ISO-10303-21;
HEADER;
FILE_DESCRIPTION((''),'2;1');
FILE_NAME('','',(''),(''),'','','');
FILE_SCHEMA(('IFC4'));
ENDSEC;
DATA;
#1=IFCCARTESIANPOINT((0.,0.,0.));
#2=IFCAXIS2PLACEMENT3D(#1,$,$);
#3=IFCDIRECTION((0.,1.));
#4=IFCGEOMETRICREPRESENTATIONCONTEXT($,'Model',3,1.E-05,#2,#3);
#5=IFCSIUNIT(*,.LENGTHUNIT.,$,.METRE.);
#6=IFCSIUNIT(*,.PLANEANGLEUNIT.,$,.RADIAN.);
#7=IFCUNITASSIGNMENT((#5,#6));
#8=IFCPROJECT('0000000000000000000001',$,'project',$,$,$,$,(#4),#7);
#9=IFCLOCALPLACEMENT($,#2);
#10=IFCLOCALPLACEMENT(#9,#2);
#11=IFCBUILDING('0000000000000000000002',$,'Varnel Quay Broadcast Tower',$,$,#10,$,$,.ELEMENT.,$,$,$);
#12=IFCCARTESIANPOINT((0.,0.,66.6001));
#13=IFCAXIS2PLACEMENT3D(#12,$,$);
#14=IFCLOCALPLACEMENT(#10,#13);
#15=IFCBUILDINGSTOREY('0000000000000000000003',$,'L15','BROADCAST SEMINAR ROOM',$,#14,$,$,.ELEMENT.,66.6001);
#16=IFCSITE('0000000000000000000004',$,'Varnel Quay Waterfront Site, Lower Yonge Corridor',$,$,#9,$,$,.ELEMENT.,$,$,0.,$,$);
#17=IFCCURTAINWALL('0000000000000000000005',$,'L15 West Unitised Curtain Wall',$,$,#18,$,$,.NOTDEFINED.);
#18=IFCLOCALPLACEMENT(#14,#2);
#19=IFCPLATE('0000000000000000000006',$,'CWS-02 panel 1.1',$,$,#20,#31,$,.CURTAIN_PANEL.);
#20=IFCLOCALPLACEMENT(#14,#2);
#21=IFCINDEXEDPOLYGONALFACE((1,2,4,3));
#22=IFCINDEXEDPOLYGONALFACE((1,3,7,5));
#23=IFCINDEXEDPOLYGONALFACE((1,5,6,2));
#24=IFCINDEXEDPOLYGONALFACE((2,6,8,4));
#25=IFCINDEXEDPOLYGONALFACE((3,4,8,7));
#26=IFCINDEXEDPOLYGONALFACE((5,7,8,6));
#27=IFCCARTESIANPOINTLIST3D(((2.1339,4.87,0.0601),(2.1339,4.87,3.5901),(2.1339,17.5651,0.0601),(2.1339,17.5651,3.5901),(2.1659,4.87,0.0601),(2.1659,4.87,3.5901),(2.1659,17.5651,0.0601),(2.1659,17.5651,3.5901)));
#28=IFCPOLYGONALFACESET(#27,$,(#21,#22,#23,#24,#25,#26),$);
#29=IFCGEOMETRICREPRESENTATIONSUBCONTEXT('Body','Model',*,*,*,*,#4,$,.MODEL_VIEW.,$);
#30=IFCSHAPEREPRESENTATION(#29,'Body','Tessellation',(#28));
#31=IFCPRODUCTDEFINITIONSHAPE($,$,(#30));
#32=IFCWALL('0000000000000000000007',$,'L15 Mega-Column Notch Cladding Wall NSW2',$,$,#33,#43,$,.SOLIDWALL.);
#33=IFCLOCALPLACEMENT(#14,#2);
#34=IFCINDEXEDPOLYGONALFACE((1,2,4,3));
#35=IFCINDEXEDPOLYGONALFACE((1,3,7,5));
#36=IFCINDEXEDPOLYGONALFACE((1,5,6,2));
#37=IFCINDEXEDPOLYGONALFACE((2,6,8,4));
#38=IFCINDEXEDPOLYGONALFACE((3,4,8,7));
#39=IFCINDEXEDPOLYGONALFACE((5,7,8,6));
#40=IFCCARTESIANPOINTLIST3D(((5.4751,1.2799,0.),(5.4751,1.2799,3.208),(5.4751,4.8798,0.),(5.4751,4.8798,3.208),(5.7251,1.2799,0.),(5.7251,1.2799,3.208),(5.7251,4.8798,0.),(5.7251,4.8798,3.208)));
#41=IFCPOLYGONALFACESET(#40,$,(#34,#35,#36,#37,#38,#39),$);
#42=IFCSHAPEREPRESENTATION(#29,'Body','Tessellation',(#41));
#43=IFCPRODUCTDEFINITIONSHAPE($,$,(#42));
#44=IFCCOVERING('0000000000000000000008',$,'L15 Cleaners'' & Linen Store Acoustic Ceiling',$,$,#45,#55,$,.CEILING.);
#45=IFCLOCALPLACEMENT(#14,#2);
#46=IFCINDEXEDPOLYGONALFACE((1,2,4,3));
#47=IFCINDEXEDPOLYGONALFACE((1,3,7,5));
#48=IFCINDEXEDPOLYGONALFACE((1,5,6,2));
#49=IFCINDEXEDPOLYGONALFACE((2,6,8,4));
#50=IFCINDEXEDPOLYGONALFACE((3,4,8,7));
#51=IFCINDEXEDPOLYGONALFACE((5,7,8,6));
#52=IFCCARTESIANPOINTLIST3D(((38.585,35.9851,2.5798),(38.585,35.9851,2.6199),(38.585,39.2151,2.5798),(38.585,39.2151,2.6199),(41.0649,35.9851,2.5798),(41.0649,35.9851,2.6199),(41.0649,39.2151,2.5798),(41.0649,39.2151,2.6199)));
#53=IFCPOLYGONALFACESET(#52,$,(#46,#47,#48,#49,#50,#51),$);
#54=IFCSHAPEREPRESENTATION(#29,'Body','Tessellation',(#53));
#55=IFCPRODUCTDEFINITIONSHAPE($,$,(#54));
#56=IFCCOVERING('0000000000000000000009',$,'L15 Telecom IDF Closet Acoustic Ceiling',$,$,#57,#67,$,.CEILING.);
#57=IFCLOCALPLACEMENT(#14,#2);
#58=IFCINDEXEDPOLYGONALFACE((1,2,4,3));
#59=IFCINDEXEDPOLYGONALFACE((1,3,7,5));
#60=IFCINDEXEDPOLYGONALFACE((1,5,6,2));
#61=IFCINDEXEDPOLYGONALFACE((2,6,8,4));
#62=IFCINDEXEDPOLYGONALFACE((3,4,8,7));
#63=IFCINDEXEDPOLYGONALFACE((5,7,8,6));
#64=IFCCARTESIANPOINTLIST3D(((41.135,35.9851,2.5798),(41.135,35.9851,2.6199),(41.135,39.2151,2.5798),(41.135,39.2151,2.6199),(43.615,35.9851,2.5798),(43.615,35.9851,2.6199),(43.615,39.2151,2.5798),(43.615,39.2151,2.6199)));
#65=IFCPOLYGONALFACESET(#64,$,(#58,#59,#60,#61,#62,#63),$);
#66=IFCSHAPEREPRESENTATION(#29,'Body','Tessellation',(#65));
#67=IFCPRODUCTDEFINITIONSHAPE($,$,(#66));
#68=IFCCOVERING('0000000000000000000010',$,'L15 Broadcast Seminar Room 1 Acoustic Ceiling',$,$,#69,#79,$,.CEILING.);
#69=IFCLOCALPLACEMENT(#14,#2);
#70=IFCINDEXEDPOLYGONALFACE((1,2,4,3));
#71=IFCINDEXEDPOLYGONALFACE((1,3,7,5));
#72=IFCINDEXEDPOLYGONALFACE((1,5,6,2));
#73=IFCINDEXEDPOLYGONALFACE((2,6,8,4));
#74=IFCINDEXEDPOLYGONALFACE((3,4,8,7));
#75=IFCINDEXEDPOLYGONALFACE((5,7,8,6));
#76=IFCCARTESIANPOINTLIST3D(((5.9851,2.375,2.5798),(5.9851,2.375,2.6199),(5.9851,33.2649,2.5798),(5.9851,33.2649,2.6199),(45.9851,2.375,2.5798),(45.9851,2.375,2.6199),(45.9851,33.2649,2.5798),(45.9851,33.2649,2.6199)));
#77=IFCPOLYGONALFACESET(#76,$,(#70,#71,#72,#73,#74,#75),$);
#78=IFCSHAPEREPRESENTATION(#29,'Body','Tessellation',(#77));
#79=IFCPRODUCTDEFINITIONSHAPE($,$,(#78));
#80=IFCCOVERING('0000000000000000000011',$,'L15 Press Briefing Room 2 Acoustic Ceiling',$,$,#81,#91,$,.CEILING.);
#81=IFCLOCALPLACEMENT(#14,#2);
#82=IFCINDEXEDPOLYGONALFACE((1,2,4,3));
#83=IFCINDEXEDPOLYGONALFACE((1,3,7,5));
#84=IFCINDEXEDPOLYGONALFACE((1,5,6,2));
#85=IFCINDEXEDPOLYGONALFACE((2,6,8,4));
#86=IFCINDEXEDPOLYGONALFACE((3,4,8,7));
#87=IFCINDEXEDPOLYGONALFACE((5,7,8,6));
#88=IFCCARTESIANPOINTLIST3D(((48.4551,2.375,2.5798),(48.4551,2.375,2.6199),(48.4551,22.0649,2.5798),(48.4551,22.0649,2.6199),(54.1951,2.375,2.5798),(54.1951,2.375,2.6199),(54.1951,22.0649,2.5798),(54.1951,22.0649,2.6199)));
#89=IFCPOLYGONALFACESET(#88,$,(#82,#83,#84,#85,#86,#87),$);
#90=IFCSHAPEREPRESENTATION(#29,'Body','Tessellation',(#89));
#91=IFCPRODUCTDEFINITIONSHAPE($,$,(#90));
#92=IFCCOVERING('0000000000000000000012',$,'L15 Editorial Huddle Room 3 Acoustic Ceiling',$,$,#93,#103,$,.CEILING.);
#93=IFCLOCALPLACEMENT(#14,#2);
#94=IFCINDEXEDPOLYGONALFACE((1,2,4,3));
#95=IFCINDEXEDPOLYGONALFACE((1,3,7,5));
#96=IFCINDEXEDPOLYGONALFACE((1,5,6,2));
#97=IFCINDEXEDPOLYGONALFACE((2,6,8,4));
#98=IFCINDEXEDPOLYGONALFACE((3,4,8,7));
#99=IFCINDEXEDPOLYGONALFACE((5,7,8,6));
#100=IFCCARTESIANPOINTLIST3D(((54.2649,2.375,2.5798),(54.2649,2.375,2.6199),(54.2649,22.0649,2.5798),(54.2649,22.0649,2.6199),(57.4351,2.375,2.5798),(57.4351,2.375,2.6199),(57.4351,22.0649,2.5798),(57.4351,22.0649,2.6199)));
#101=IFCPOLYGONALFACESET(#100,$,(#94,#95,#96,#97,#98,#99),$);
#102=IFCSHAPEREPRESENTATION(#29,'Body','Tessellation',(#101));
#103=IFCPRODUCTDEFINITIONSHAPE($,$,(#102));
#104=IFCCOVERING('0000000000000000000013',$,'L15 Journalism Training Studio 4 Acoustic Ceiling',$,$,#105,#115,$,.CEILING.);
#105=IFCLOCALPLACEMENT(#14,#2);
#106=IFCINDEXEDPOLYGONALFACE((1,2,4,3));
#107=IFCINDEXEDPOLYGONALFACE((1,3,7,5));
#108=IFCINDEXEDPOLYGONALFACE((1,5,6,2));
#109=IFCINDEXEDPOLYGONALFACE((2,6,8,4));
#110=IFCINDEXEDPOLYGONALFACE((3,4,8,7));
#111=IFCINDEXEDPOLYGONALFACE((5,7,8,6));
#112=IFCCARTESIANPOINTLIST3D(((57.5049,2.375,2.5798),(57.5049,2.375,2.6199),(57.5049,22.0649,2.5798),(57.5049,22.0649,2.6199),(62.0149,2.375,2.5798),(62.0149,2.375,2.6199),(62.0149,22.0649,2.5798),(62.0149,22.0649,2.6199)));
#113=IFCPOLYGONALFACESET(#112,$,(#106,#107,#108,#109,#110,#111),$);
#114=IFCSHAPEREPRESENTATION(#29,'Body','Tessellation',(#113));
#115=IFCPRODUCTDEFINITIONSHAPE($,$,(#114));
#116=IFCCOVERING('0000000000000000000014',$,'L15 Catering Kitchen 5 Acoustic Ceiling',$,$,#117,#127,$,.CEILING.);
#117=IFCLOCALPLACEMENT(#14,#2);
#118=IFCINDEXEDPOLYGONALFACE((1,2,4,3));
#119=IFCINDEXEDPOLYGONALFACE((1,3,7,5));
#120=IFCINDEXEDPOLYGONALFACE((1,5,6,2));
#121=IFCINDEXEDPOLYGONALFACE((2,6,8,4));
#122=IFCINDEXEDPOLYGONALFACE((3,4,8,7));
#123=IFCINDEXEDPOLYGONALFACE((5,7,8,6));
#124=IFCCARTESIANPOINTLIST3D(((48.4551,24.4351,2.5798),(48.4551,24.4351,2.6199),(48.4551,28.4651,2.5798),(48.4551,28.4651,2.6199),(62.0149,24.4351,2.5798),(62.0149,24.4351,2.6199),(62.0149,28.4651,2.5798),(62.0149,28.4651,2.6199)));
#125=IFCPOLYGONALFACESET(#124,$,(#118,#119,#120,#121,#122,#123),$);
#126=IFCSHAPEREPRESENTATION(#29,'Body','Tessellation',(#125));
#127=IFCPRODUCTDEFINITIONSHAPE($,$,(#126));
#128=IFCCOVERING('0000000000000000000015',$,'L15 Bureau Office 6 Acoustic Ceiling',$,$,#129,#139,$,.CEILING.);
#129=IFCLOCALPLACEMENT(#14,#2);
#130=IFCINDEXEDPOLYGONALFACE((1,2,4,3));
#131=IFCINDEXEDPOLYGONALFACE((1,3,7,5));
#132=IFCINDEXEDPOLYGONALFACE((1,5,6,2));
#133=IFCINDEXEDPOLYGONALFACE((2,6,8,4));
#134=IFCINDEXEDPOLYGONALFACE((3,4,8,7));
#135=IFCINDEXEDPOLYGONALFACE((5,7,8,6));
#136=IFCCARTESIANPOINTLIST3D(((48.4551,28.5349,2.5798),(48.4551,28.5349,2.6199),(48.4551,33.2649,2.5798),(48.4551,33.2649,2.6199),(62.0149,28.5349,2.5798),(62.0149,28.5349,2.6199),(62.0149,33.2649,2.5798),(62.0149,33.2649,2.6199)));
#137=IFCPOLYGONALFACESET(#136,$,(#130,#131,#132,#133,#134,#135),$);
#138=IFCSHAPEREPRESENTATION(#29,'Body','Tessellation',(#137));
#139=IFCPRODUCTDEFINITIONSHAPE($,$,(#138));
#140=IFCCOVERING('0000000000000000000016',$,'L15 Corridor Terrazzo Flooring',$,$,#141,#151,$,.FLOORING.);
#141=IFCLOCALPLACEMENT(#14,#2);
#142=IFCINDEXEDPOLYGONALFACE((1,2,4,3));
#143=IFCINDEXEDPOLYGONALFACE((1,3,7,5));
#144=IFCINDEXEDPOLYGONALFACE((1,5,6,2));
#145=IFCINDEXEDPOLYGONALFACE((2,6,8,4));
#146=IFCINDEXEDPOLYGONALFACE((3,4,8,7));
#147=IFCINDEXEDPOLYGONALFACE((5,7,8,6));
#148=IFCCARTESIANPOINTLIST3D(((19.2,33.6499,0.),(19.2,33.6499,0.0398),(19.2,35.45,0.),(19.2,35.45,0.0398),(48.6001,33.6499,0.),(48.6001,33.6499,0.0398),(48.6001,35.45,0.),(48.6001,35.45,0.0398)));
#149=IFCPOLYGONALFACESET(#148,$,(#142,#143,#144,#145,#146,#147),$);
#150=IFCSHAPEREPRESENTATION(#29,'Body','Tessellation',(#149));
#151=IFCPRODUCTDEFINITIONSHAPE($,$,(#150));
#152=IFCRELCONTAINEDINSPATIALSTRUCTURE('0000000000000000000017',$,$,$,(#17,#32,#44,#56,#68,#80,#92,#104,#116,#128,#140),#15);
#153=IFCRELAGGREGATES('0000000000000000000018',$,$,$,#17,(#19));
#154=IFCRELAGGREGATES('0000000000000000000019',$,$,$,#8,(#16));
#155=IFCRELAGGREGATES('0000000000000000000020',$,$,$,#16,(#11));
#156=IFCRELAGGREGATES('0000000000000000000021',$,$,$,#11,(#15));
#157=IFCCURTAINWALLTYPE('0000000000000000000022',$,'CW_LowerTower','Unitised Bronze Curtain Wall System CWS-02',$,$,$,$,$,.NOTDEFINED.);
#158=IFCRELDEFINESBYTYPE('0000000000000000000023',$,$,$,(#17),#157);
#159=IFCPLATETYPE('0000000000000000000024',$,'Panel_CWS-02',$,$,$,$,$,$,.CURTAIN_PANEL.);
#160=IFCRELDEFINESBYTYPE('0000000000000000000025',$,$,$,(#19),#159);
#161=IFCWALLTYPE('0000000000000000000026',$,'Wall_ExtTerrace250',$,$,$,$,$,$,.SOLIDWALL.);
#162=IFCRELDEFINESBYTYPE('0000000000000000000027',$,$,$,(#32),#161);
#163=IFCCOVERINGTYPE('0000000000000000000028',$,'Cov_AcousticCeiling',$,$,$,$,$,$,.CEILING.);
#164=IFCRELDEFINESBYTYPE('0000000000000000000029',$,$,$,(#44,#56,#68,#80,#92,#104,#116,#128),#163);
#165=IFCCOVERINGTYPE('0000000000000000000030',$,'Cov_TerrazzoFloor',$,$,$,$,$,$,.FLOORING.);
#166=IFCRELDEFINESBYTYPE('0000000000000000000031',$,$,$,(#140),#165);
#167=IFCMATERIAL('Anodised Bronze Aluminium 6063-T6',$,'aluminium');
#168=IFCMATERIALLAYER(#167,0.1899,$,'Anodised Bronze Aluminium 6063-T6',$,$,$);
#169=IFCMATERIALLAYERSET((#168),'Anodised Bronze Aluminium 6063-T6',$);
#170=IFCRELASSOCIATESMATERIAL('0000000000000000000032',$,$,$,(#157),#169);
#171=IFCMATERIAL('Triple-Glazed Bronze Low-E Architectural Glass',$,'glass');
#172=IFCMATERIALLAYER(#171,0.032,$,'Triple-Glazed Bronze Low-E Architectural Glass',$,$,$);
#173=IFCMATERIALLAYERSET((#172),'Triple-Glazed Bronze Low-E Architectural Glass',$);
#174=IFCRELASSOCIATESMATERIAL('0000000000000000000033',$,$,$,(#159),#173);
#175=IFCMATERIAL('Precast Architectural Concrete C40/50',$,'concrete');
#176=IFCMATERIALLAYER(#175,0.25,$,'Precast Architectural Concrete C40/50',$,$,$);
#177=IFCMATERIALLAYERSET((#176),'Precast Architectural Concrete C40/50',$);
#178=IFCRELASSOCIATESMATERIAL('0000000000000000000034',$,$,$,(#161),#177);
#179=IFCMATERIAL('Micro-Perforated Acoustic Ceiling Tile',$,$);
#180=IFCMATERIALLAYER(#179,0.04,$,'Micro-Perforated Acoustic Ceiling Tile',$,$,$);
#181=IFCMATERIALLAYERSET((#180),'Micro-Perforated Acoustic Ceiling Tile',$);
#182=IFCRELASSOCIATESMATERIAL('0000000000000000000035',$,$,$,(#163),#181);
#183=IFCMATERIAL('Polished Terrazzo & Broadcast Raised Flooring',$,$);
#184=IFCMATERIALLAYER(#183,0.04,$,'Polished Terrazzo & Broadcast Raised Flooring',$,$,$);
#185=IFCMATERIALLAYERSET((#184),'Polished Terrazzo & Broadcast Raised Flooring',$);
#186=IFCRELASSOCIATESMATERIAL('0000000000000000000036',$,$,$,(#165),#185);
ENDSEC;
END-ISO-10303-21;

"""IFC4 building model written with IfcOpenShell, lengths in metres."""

from ifc_helpers import new_model, si_unit, direction, frame, frame_2d, origin, origin_2d, place, context, subcontext, project, spatial, polyline, rectangle, outline, extrude, source, transform, mapped, material, layer, layer_set, type_object, type_shapes, element, aggregate, save


model = new_model("IFC4")

# Units and contexts
model_context = context("Model", 3, precision=1e-05, world=origin(), true_north=direction((0.0, 1.0)))
body_context = subcontext(model_context, "Body", "Model", "MODEL_VIEW")
ifc_project = project(units=[si_unit("LENGTHUNIT", "METRE"), si_unit("PLANEANGLEUNIT", "RADIAN")], contexts=[model_context])

# Site, building, storey
site_placement = place(None, origin())
site = spatial("IfcSite", under=ifc_project, at=site_placement, Name="Varnel Quay Waterfront Site, Lower Yonge Corridor", CompositionType="ELEMENT", RefElevation=0.0)
building_placement = place(site_placement, origin())
building = spatial("IfcBuilding", under=site, at=building_placement, Name="Varnel Quay Broadcast Tower", CompositionType="ELEMENT")
storey_placement = place(building_placement, frame((0.0, 0.0, 66.6001)))
storey = spatial("IfcBuildingStorey", under=building, at=storey_placement, Name="L15", Description="BROADCAST SEMINAR ROOM", CompositionType="ELEMENT", Elevation=66.6001)

# Shared definitions
ifc_material_1 = material(Name="Anodised Bronze Aluminium 6063-T6", Category="aluminium")
ifc_layer_1 = layer(ifc_material_1, 0.1899, Name="Anodised Bronze Aluminium 6063-T6")
ifc_layer_set_1 = layer_set([ifc_layer_1], Name="Anodised Bronze Aluminium 6063-T6")
curtain_wall_type_1 = type_object("IfcCurtainWallType", Name="CW_LowerTower", Description="Unitised Bronze Curtain Wall System CWS-02", PredefinedType="NOTDEFINED", material=ifc_layer_set_1)

# Curtain wall
curtain_wall_1_placement = place(storey_placement, origin())
curtain_wall_1 = element("IfcCurtainWall", 1, at=curtain_wall_1_placement, inside=storey, type_object=curtain_wall_type_1, Name="L15 West Unitised Curtain Wall", PredefinedType="NOTDEFINED")

# Plate
ifc_material_2 = material(Name="Triple-Glazed Bronze Low-E Architectural Glass", Category="glass")
ifc_layer_2 = layer(ifc_material_2, 0.032, Name="Triple-Glazed Bronze Low-E Architectural Glass")
ifc_layer_set_2 = layer_set([ifc_layer_2], Name="Triple-Glazed Bronze Low-E Architectural Glass")
plate_type_1 = type_object("IfcPlateType", Name="Panel_CWS-02", PredefinedType="CURTAIN_PANEL", material=ifc_layer_set_2)
shared_shape_1 = source(origin(), body_context, "Body", "SweptSolid", [
    extrude(rectangle(XDim=12.6951, YDim=0.032, at=origin_2d()), origin(), (0.0, 0.0, 1.0), 3.53),
])
type_shapes(plate_type_1, [shared_shape_1])
plate_1_placement = place(storey_placement, frame((2.1499, 11.2175, 0.0601), z_axis=(0.0, 0.0, 1.0), x_axis=(0.0, 1.0, 0.0)))
plate_1 = element("IfcPlate", 2, at=plate_1_placement, type_object=plate_type_1, Name="CWS-02 panel 1.1", PredefinedType="CURTAIN_PANEL", context=body_context, shape_type="MappedRepresentation", body=[
    mapped(shared_shape_1, transform((0.0, 0.0, 0.0), x_axis=(1.0, 0.0, 0.0), y_axis=(0.0, 1.0, 0.0), z_axis=(0.0, 0.0, 1.0), scale=1.0)),
])
aggregate(curtain_wall_1, [plate_1])

# Wall
ifc_material_3 = material(Name="Precast Architectural Concrete C40/50", Category="concrete")
ifc_layer_3 = layer(ifc_material_3, 0.25, Name="Precast Architectural Concrete C40/50")
ifc_layer_set_3 = layer_set([ifc_layer_3], Name="Precast Architectural Concrete C40/50")
wall_type = type_object("IfcWallType", Name="Wall_ExtTerrace250", PredefinedType="SOLIDWALL", material=ifc_layer_set_3)
wall_placement = place(storey_placement, frame((5.6001, 1.28, 0.0), z_axis=(0.0, 0.0, 1.0), x_axis=(0.0, 1.0, 0.0)))
element("IfcWall", 3, at=wall_placement, inside=storey, type_object=wall_type, Name="L15 Mega-Column Notch Cladding Wall NSW2", PredefinedType="SOLIDWALL", context=body_context, shape_type="SweptSolid", body=[
    extrude(rectangle(XDim=3.5999, YDim=0.25, at=frame_2d((1.7998, 0.0))), origin(), (0.0, 0.0, 1.0), 3.208),
])

# Coverings
ifc_material_4 = material(Name="Micro-Perforated Acoustic Ceiling Tile")
ifc_layer_4 = layer(ifc_material_4, 0.04, Name="Micro-Perforated Acoustic Ceiling Tile")
ifc_layer_set_4 = layer_set([ifc_layer_4], Name="Micro-Perforated Acoustic Ceiling Tile")
covering_type_1 = type_object("IfcCoveringType", Name="Cov_AcousticCeiling", PredefinedType="CEILING", material=ifc_layer_set_4)
covering_1_placement = place(storey_placement, frame((0.0, 0.0, 2.5798)))
element("IfcCovering", 4, at=covering_1_placement, inside=storey, type_object=covering_type_1, Name="L15 Cleaners' & Linen Store Acoustic Ceiling", PredefinedType="CEILING", context=body_context, shape_type="SweptSolid", body=[
    extrude(outline(polyline([(38.585, 35.9851), (41.0649, 35.9851), (41.0649, 39.2151), (38.585, 39.2151), (38.585, 35.9851)])), origin(), (0.0, 0.0, 1.0), 0.04),
])
covering_2_placement = place(storey_placement, frame((0.0, 0.0, 2.5798)))
element("IfcCovering", 5, at=covering_2_placement, inside=storey, type_object=covering_type_1, Name="L15 Telecom IDF Closet Acoustic Ceiling", PredefinedType="CEILING", context=body_context, shape_type="SweptSolid", body=[
    extrude(outline(polyline([(41.135, 35.9851), (43.615, 35.9851), (43.615, 39.2151), (41.135, 39.2151), (41.135, 35.9851)])), origin(), (0.0, 0.0, 1.0), 0.04),
])
covering_3_placement = place(storey_placement, frame((0.0, 0.0, 2.5798)))
element("IfcCovering", 6, at=covering_3_placement, inside=storey, type_object=covering_type_1, Name="L15 Broadcast Seminar Room 1 Acoustic Ceiling", PredefinedType="CEILING", context=body_context, shape_type="SweptSolid", body=[
    extrude(outline(polyline([(5.9851, 2.375), (45.9851, 2.375), (45.9851, 33.2649), (5.9851, 33.2649), (5.9851, 2.375)])), origin(), (0.0, 0.0, 1.0), 0.04),
])
covering_4_placement = place(storey_placement, frame((0.0, 0.0, 2.5798)))
element("IfcCovering", 7, at=covering_4_placement, inside=storey, type_object=covering_type_1, Name="L15 Press Briefing Room 2 Acoustic Ceiling", PredefinedType="CEILING", context=body_context, shape_type="SweptSolid", body=[
    extrude(outline(polyline([(48.4551, 2.375), (54.1951, 2.375), (54.1951, 22.0649), (48.4551, 22.0649), (48.4551, 2.375)])), origin(), (0.0, 0.0, 1.0), 0.04),
])
covering_5_placement = place(storey_placement, frame((0.0, 0.0, 2.5798)))
element("IfcCovering", 8, at=covering_5_placement, inside=storey, type_object=covering_type_1, Name="L15 Editorial Huddle Room 3 Acoustic Ceiling", PredefinedType="CEILING", context=body_context, shape_type="SweptSolid", body=[
    extrude(outline(polyline([(54.2649, 2.375), (57.4351, 2.375), (57.4351, 22.0649), (54.2649, 22.0649), (54.2649, 2.375)])), origin(), (0.0, 0.0, 1.0), 0.04),
])
covering_6_placement = place(storey_placement, frame((0.0, 0.0, 2.5798)))
element("IfcCovering", 9, at=covering_6_placement, inside=storey, type_object=covering_type_1, Name="L15 Journalism Training Studio 4 Acoustic Ceiling", PredefinedType="CEILING", context=body_context, shape_type="SweptSolid", body=[
    extrude(outline(polyline([(57.5049, 2.375), (62.0149, 2.375), (62.0149, 22.0649), (57.5049, 22.0649), (57.5049, 2.375)])), origin(), (0.0, 0.0, 1.0), 0.04),
])
covering_7_placement = place(storey_placement, frame((0.0, 0.0, 2.5798)))
element("IfcCovering", 10, at=covering_7_placement, inside=storey, type_object=covering_type_1, Name="L15 Catering Kitchen 5 Acoustic Ceiling", PredefinedType="CEILING", context=body_context, shape_type="SweptSolid", body=[
    extrude(outline(polyline([(48.4551, 24.4351), (62.0149, 24.4351), (62.0149, 28.4651), (48.4551, 28.4651), (48.4551, 24.4351)])), origin(), (0.0, 0.0, 1.0), 0.04),
])
covering_8_placement = place(storey_placement, frame((0.0, 0.0, 2.5798)))
element("IfcCovering", 11, at=covering_8_placement, inside=storey, type_object=covering_type_1, Name="L15 Bureau Office 6 Acoustic Ceiling", PredefinedType="CEILING", context=body_context, shape_type="SweptSolid", body=[
    extrude(outline(polyline([(48.4551, 28.5349), (62.0149, 28.5349), (62.0149, 33.2649), (48.4551, 33.2649), (48.4551, 28.5349)])), origin(), (0.0, 0.0, 1.0), 0.04),
])
ifc_material_5 = material(Name="Polished Terrazzo & Broadcast Raised Flooring")
ifc_layer_5 = layer(ifc_material_5, 0.04, Name="Polished Terrazzo & Broadcast Raised Flooring")
ifc_layer_set_5 = layer_set([ifc_layer_5], Name="Polished Terrazzo & Broadcast Raised Flooring")
covering_type_2 = type_object("IfcCoveringType", Name="Cov_TerrazzoFloor", PredefinedType="FLOORING", material=ifc_layer_set_5)
covering_9_placement = place(storey_placement, origin())
element("IfcCovering", 12, at=covering_9_placement, inside=storey, type_object=covering_type_2, Name="L15 Corridor Terrazzo Flooring", PredefinedType="FLOORING", context=body_context, shape_type="SweptSolid", body=[
    extrude(outline(polyline([(19.2, 33.6499), (48.6001, 33.6499), (48.6001, 35.45), (19.2, 35.45), (19.2, 33.6499)])), origin(), (0.0, 0.0, 1.0), 0.0398),
])

save(model, "model.ifc")
